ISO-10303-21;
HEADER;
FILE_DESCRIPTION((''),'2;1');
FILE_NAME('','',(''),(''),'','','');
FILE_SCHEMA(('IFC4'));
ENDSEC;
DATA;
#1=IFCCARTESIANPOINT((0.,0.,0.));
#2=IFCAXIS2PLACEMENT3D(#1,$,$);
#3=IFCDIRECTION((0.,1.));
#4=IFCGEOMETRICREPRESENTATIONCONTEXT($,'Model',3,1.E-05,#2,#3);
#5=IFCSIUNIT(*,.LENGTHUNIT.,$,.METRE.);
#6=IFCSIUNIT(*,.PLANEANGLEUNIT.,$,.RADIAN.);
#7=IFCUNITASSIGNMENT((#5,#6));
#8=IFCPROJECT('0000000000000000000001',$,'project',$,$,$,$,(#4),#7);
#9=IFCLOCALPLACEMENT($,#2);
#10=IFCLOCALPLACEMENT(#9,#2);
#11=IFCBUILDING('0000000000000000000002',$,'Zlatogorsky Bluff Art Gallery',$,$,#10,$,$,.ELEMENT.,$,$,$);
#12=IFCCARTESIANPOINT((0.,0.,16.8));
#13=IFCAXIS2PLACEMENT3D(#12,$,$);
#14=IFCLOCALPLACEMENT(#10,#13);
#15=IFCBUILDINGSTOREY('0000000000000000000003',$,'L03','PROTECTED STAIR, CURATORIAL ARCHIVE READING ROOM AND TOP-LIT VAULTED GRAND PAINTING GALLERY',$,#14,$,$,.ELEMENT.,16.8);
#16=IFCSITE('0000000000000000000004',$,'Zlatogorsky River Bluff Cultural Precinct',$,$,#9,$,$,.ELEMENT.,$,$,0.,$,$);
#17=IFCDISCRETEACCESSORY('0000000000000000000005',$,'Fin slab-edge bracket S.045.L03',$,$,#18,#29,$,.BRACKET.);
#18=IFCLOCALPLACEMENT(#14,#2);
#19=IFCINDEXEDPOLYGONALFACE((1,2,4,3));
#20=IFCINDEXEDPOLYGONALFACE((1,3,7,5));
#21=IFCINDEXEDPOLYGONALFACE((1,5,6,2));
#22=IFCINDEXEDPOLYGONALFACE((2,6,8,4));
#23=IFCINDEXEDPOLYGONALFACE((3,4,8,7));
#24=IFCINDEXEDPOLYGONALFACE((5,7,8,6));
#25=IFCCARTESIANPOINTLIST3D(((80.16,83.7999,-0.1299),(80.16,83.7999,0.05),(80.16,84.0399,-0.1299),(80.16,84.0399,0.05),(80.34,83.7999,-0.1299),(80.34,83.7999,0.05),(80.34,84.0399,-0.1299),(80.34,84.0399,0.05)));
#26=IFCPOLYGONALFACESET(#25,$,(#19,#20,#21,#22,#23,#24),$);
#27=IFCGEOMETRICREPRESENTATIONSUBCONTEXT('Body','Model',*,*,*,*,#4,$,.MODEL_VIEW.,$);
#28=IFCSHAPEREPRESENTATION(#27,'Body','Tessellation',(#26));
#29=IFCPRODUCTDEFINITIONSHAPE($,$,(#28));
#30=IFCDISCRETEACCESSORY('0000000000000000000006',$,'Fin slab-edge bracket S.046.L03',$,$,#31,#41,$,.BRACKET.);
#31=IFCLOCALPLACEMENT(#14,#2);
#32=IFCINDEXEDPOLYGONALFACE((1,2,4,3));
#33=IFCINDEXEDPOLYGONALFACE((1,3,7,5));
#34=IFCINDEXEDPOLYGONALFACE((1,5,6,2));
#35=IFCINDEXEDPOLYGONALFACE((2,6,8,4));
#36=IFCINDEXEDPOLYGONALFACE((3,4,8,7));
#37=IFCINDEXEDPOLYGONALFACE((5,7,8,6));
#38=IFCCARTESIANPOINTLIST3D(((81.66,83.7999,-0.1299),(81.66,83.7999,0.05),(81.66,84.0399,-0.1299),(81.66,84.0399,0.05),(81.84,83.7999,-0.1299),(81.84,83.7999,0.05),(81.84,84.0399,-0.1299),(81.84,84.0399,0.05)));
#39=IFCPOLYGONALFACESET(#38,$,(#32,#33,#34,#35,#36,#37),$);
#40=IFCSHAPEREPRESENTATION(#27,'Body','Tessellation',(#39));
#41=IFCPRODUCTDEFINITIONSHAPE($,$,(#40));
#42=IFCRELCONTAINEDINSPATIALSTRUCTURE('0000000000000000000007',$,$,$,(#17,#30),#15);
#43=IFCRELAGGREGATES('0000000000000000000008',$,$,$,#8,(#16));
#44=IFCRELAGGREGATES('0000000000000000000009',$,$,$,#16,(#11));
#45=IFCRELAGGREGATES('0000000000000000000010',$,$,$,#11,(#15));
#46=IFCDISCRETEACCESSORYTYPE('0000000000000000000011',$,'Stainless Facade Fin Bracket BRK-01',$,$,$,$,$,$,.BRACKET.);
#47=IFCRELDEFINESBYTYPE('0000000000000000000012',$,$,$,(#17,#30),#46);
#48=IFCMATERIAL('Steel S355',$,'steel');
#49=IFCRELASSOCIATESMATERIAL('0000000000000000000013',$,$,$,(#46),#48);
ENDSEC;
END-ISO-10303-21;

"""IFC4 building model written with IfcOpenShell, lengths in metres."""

from ifc_helpers import new_model, si_unit, direction, frame, origin, origin_2d, place, context, subcontext, project, spatial, rectangle, extrude, material, type_object, element, save


model = new_model("IFC4")

# Units and contexts
model_context = context("Model", 3, precision=1e-05, world=origin(), true_north=direction((0.0, 1.0)))
body_context = subcontext(model_context, "Body", "Model", "MODEL_VIEW")
ifc_project = project(units=[si_unit("LENGTHUNIT", "METRE"), si_unit("PLANEANGLEUNIT", "RADIAN")], contexts=[model_context])

# Site, building, storey
site_placement = place(None, origin())
site = spatial("IfcSite", under=ifc_project, at=site_placement, Name="Zlatogorsky River Bluff Cultural Precinct", CompositionType="ELEMENT", RefElevation=0.0)
building_placement = place(site_placement, origin())
building = spatial("IfcBuilding", under=site, at=building_placement, Name="Zlatogorsky Bluff Art Gallery", CompositionType="ELEMENT")
storey_placement = place(building_placement, frame((0.0, 0.0, 16.8)))
storey = spatial("IfcBuildingStorey", under=building, at=storey_placement, Name="L03", Description="PROTECTED STAIR, CURATORIAL ARCHIVE READING ROOM AND TOP-LIT VAULTED GRAND PAINTING GALLERY", CompositionType="ELEMENT", Elevation=16.8)

# Shared definitions
ifc_material_1 = material(Name="Steel S355", Category="steel")

# Discrete accessories
discrete_accessory_type = type_object("IfcDiscreteAccessoryType", Name="Stainless Facade Fin Bracket BRK-01", PredefinedType="BRACKET", material=ifc_material_1)
for number, where, z_axis, x_axis, name in (
    (1, (80.25, 83.9199, -0.1299), (0.0, 0.0, 1.0), (1.0, 0.0, 0.0), "Fin slab-edge bracket S.045.L03"),
    (2, (81.75, 83.9199, -0.1299), (0.0, 0.0, 1.0), (1.0, 0.0, 0.0), "Fin slab-edge bracket S.046.L03"),
):
    element("IfcDiscreteAccessory", number, at=place(storey_placement, frame(where, z_axis=z_axis, x_axis=x_axis)), inside=storey, type_object=discrete_accessory_type, Name=name, PredefinedType="BRACKET", context=body_context, shape_type="SweptSolid", body=[
        extrude(rectangle(XDim=0.1799, YDim=0.24, at=origin_2d()), origin(), (0.0, 0.0, 1.0), 0.1799),
    ])

save(model, "model.ifc")
